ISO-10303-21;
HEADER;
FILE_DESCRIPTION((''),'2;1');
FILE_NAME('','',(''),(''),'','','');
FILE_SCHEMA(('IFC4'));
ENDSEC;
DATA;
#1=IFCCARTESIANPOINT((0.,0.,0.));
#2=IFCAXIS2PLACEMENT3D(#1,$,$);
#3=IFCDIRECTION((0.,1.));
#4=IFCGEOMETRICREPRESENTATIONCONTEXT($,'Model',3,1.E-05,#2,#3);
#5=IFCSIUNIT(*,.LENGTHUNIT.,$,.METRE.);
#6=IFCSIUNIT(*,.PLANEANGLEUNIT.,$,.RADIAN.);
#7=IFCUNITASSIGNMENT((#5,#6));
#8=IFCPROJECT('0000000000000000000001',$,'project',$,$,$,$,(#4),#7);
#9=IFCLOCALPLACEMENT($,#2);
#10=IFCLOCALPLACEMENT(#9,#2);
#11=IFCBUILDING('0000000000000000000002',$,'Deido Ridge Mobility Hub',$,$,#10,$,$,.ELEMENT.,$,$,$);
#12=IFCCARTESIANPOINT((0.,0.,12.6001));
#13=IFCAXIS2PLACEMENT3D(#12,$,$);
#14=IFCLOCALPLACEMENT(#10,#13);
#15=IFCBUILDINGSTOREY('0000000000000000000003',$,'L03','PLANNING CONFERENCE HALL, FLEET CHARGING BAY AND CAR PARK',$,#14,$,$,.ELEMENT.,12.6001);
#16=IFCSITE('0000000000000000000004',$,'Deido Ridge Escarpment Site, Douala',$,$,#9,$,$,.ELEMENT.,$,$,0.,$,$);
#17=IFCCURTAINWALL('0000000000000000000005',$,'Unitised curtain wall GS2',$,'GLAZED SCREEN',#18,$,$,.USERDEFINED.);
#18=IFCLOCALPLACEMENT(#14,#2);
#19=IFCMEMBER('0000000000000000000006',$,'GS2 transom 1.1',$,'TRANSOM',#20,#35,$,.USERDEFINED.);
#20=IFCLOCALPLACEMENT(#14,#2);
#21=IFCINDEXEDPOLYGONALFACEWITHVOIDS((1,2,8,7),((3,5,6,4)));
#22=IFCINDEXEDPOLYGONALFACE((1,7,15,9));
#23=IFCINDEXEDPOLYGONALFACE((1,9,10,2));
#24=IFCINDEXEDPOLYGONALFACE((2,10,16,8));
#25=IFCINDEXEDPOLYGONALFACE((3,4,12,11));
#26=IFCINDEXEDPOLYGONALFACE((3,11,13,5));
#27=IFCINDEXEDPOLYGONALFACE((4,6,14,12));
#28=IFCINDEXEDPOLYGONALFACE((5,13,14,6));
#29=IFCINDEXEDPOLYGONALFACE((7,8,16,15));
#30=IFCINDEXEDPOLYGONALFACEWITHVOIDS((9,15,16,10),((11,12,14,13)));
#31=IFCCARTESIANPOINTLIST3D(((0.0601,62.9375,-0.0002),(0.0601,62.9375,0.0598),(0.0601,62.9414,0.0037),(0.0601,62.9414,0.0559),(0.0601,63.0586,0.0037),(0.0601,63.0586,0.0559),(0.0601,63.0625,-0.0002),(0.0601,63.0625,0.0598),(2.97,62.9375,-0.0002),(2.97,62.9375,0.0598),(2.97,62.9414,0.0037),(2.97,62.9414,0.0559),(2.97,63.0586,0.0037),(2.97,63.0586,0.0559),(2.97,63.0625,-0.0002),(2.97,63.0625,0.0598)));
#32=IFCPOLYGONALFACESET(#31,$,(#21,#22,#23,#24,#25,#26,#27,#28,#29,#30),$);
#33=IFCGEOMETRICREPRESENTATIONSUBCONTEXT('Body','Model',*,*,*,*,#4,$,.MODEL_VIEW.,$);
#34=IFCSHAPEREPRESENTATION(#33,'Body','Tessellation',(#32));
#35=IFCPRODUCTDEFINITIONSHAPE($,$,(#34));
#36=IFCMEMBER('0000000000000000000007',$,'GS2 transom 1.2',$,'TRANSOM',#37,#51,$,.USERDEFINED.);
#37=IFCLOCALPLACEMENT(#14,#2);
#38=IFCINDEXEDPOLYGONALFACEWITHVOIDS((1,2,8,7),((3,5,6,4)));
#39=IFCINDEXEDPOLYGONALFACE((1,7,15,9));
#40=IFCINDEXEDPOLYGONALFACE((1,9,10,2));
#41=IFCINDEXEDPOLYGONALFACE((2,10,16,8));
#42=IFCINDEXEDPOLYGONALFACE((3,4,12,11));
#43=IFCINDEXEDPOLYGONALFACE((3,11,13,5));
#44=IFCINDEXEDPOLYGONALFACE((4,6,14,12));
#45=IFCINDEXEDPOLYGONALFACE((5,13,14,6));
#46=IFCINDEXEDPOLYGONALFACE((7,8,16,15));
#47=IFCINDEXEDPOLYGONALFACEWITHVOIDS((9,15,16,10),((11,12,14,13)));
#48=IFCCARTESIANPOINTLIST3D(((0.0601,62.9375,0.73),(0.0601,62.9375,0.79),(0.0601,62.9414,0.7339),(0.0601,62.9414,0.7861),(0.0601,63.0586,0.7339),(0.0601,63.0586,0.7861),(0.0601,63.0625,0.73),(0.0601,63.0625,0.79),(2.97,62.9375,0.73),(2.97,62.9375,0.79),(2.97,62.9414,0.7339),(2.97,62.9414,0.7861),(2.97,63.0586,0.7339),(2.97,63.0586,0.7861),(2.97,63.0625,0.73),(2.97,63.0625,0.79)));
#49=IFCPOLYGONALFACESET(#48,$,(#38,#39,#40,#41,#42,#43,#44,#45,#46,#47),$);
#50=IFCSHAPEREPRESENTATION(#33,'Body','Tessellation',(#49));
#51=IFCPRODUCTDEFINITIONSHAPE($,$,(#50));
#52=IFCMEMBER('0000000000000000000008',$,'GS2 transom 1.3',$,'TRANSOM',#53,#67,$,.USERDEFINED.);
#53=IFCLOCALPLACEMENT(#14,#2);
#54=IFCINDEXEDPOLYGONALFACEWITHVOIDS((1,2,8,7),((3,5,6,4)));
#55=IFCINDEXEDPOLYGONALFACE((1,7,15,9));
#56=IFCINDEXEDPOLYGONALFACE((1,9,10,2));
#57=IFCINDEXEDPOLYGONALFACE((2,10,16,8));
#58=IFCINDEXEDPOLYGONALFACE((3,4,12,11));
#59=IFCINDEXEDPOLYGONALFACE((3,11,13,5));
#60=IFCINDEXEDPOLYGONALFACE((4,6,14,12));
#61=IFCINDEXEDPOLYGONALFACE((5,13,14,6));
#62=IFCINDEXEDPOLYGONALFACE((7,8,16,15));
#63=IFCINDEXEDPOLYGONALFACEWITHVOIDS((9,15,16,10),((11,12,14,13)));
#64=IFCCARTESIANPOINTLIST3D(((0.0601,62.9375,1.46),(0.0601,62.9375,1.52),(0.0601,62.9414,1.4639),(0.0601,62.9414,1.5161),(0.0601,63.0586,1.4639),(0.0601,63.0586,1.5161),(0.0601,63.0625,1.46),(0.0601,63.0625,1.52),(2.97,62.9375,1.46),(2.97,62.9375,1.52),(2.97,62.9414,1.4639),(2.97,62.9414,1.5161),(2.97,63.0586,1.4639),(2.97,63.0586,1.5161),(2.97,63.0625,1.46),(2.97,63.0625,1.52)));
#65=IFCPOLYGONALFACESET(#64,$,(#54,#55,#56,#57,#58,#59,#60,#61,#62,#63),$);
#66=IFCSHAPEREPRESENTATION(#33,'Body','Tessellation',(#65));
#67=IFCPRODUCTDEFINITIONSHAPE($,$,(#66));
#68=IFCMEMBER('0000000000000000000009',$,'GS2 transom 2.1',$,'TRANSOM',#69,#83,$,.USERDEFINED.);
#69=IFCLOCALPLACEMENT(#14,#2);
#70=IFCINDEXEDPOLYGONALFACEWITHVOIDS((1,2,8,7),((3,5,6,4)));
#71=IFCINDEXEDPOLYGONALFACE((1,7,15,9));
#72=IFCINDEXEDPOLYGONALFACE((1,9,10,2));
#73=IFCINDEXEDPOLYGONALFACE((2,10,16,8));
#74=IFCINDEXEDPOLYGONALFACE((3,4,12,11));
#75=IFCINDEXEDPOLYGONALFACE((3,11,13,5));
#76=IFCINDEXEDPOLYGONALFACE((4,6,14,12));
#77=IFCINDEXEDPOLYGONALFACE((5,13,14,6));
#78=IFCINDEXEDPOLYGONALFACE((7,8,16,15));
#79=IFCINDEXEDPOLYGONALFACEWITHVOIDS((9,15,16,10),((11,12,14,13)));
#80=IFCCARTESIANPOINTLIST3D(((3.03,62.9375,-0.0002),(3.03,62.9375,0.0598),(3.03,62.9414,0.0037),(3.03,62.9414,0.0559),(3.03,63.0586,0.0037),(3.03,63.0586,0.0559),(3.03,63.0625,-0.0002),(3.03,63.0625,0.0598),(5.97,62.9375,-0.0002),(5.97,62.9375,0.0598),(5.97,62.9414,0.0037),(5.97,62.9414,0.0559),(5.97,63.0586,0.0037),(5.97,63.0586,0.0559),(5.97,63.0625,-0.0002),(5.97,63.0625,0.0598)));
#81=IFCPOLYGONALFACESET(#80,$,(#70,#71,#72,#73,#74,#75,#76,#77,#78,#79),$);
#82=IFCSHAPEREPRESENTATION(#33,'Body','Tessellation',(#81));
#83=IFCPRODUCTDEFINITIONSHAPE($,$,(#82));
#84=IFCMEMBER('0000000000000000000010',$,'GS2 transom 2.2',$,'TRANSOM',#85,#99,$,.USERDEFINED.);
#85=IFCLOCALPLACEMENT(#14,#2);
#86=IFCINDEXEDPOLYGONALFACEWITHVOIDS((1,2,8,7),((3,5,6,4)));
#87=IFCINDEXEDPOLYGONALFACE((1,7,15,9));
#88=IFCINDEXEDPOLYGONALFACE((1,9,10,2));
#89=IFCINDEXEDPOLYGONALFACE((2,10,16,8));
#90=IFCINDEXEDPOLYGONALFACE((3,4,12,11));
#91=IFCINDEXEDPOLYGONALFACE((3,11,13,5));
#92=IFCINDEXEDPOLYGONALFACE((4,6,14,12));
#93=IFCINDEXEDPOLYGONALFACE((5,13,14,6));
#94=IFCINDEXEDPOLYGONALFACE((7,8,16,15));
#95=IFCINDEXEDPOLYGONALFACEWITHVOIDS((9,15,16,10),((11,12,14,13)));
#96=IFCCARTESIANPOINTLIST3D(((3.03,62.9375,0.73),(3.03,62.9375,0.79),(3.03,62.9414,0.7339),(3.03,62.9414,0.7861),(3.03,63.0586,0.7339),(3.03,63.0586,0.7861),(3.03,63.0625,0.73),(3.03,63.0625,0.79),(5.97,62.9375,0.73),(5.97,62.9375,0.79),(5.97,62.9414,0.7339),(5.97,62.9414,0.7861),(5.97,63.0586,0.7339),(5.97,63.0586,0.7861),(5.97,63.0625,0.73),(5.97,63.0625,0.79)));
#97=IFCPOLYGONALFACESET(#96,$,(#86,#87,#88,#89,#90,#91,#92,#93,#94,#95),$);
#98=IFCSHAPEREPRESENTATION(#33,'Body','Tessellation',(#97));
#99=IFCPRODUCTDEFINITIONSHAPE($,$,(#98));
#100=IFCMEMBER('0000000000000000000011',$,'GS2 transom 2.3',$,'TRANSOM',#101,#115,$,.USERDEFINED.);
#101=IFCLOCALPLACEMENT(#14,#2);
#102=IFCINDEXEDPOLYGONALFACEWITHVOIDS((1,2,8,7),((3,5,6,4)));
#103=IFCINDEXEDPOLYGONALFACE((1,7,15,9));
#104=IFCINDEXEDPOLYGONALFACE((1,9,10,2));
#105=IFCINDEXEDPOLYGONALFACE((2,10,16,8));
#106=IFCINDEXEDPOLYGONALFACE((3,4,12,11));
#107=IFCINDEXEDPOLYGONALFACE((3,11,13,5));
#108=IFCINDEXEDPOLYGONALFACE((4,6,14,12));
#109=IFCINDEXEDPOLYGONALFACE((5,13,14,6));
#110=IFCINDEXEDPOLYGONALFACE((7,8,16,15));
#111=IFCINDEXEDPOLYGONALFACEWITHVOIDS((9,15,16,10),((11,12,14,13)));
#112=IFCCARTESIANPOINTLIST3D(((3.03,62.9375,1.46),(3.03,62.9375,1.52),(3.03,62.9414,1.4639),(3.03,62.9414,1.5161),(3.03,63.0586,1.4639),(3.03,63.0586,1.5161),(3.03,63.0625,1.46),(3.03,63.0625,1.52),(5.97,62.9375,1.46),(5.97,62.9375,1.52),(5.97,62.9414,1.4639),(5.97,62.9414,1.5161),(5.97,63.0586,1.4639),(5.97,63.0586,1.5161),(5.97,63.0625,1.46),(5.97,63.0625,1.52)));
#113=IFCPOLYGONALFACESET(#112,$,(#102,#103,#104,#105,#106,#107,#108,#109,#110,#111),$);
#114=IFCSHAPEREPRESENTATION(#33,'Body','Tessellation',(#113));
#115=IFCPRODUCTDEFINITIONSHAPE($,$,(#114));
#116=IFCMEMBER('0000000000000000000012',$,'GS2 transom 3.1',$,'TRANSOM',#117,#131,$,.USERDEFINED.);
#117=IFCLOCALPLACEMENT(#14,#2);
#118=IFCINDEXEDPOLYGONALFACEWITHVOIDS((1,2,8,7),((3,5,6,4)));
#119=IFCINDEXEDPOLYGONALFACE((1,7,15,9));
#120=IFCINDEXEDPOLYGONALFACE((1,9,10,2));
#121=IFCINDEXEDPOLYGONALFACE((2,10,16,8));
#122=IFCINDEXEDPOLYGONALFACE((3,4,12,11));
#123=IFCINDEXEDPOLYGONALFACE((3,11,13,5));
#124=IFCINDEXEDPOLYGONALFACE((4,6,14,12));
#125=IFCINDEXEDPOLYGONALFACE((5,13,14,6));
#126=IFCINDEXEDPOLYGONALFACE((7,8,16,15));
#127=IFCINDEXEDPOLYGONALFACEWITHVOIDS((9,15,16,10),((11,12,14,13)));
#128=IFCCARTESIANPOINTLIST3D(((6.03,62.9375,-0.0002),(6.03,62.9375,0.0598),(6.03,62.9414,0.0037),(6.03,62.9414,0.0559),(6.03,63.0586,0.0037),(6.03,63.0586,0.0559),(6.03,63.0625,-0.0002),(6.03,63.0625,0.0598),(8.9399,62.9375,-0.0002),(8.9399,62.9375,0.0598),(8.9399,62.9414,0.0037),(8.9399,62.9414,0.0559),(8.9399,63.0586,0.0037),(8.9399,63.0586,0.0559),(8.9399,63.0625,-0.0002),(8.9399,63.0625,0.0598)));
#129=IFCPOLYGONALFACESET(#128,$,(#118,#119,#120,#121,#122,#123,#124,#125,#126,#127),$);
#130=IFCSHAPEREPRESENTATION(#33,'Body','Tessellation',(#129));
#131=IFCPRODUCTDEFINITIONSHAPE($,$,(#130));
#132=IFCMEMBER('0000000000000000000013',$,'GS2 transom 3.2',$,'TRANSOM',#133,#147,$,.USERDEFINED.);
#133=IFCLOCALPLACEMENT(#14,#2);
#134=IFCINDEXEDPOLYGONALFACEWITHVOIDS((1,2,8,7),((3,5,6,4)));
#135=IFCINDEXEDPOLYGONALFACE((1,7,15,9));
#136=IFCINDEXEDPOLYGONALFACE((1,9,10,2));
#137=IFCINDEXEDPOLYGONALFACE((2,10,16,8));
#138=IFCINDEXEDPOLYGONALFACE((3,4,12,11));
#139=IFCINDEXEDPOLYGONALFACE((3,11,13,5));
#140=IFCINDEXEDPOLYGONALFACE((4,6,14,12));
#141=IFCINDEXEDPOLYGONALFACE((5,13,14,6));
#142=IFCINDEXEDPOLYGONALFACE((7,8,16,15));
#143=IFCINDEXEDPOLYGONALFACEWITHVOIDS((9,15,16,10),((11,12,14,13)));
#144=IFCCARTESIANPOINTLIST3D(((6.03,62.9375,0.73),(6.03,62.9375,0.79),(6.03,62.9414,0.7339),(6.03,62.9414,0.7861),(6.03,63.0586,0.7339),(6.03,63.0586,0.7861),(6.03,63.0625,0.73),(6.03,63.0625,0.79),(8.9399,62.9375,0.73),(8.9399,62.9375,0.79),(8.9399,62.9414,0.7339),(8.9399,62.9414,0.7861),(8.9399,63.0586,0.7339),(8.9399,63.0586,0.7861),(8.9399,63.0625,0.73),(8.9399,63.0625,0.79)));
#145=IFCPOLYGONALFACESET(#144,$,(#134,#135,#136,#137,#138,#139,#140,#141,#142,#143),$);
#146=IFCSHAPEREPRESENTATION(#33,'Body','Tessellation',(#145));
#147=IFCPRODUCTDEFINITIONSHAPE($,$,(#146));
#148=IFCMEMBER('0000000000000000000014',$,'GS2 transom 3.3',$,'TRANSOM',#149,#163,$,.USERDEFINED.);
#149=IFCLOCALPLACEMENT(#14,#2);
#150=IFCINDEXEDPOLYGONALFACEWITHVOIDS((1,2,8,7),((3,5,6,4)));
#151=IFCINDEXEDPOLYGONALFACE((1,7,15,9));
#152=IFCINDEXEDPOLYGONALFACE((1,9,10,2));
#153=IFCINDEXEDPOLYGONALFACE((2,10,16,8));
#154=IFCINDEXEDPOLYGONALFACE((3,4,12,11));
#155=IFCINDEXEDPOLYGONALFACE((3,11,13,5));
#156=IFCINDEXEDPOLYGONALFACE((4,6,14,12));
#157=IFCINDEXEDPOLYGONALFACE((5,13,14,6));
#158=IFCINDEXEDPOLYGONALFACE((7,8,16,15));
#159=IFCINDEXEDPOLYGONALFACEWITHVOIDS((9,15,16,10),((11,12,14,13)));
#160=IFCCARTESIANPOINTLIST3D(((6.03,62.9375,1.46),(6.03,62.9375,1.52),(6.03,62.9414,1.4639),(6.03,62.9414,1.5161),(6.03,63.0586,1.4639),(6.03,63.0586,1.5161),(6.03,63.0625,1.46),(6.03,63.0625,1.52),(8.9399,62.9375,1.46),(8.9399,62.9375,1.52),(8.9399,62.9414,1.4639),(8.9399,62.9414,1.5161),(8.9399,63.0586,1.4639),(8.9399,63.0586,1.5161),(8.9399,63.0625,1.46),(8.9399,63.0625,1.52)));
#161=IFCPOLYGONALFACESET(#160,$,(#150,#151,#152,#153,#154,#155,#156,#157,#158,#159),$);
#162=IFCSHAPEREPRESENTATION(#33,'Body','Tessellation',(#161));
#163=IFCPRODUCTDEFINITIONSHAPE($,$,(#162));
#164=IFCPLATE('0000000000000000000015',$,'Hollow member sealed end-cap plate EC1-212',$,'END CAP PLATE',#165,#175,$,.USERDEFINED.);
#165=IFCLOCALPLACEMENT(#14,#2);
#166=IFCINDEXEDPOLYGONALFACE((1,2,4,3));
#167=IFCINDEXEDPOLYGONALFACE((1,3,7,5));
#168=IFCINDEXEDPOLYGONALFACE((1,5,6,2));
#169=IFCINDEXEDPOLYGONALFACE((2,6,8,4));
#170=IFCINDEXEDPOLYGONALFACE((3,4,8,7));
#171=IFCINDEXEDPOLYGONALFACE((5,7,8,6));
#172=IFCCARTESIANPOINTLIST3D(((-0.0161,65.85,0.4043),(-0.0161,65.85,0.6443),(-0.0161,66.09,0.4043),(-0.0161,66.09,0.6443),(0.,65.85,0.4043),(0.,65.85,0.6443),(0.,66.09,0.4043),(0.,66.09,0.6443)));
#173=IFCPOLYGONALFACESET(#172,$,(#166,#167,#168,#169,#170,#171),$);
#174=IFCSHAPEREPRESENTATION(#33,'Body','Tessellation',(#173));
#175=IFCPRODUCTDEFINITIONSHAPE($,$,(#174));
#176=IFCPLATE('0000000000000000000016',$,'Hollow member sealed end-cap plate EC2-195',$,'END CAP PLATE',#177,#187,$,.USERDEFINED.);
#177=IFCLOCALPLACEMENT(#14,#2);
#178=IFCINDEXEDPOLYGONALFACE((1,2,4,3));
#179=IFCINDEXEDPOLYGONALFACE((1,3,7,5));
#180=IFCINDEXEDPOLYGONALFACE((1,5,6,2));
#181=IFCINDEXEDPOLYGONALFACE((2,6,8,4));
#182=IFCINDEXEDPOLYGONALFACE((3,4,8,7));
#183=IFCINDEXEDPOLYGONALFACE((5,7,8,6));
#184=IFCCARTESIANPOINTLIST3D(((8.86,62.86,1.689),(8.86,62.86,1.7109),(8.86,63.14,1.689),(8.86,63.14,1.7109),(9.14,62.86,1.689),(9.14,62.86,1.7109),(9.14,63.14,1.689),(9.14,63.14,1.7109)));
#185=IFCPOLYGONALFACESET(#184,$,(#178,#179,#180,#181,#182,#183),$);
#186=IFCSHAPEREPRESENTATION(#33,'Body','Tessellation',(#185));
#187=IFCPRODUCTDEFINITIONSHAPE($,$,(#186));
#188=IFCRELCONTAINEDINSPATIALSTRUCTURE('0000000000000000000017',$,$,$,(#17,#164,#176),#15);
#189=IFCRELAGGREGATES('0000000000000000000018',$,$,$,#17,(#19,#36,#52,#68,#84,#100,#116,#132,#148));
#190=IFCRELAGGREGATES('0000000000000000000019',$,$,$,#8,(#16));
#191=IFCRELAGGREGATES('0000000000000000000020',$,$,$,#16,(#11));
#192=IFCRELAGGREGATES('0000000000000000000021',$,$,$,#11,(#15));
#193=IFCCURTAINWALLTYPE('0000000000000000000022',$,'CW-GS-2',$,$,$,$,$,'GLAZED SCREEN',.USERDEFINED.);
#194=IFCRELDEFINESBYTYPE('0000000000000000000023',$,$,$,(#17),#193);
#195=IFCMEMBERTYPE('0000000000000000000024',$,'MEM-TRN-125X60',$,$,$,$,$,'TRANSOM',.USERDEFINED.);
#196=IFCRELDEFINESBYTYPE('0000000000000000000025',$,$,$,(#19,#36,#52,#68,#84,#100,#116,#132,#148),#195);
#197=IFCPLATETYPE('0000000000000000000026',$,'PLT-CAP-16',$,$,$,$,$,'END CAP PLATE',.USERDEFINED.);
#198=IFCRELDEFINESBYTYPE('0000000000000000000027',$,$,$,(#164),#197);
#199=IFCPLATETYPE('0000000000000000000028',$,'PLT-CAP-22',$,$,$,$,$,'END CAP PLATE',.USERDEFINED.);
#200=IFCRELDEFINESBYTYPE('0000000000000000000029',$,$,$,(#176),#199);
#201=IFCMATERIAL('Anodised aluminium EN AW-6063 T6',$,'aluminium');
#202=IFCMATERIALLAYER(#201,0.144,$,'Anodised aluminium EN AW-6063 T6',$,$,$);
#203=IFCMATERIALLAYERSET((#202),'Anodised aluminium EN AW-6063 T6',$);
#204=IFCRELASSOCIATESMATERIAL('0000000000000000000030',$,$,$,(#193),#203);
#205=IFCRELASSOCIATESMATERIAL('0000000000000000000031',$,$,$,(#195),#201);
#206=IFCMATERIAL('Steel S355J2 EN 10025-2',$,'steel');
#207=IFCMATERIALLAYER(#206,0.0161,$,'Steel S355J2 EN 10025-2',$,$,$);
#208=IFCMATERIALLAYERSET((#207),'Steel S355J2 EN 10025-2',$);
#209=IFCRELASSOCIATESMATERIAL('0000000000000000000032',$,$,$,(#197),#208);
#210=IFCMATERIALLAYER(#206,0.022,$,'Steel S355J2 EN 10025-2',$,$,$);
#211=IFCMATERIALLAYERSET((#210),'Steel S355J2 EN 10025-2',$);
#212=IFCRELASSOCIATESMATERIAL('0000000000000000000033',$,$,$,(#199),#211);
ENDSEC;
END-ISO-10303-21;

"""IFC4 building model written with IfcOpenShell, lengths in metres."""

from ifc_helpers import new_model, si_unit, direction, frame, origin, origin_2d, place, context, subcontext, project, spatial, rectangle, hollow_rectangle, extrude, material, layer, layer_set, material_profile, profile_set, type_object, element, aggregate, save


model = new_model("IFC4")

# Units and contexts
model_context = context("Model", 3, precision=1e-05, world=origin(), true_north=direction((0.0, 1.0)))
body_context = subcontext(model_context, "Body", "Model", "MODEL_VIEW")
ifc_project = project(units=[si_unit("LENGTHUNIT", "METRE"), si_unit("PLANEANGLEUNIT", "RADIAN")], contexts=[model_context])

# Site, building, storey
site_placement = place(None, origin())
site = spatial("IfcSite", under=ifc_project, at=site_placement, Name="Deido Ridge Escarpment Site, Douala", CompositionType="ELEMENT", RefElevation=0.0)
building_placement = place(site_placement, origin())
building = spatial("IfcBuilding", under=site, at=building_placement, Name="Deido Ridge Mobility Hub", CompositionType="ELEMENT")
storey_placement = place(building_placement, frame((0.0, 0.0, 12.6001)))
storey = spatial("IfcBuildingStorey", under=building, at=storey_placement, Name="L03", Description="PLANNING CONFERENCE HALL, FLEET CHARGING BAY AND CAR PARK", CompositionType="ELEMENT", Elevation=12.6001)

# Curtain wall
ifc_material_1 = material(Name="Anodised aluminium EN AW-6063 T6", Category="aluminium")
ifc_layer_1 = layer(ifc_material_1, 0.144, Name="Anodised aluminium EN AW-6063 T6")
ifc_layer_set_1 = layer_set([ifc_layer_1], Name="Anodised aluminium EN AW-6063 T6")
curtain_wall_type = type_object("IfcCurtainWallType", Name="CW-GS-2", ElementType="GLAZED SCREEN", PredefinedType="USERDEFINED", material=ifc_layer_set_1)
curtain_wall_placement = place(storey_placement, origin())
curtain_wall = element("IfcCurtainWall", 1, at=curtain_wall_placement, inside=storey, type_object=curtain_wall_type, Name="Unitised curtain wall GS2", ObjectType="GLAZED SCREEN", PredefinedType="USERDEFINED")

# Members
ifc_material_profile_1 = material_profile(ifc_material_1, hollow_rectangle(XDim=0.125, YDim=0.0601, WallThickness=0.0039, at=origin_2d()), Name="RHS 125x60x4")
ifc_profile_set_1 = profile_set([ifc_material_profile_1], Name="Anodised aluminium EN AW-6063 T6")
member_type_1 = type_object("IfcMemberType", Name="MEM-TRN-125X60", ElementType="TRANSOM", PredefinedType="USERDEFINED", material=ifc_profile_set_1)
member_1_placement = place(storey_placement, frame((0.0601, 63.0, 0.0298), z_axis=(1.0, 0.0, 0.0), x_axis=(0.0, 1.0, 0.0)))
member_1 = element("IfcMember", 2, at=member_1_placement, type_object=member_type_1, Name="GS2 transom 1.1", ObjectType="TRANSOM", PredefinedType="USERDEFINED", context=body_context, shape_type="SweptSolid", body=[
    extrude(hollow_rectangle(XDim=0.125, YDim=0.0601, WallThickness=0.0039, at=origin_2d()), origin(), (0.0, 0.0, 1.0), 2.9099),
])
member_2_placement = place(storey_placement, frame((0.0601, 63.0, 0.76), z_axis=(1.0, 0.0, 0.0), x_axis=(0.0, 1.0, 0.0)))
member_2 = element("IfcMember", 3, at=member_2_placement, type_object=member_type_1, Name="GS2 transom 1.2", ObjectType="TRANSOM", PredefinedType="USERDEFINED", context=body_context, shape_type="SweptSolid", body=[
    extrude(hollow_rectangle(XDim=0.125, YDim=0.0601, WallThickness=0.0039, at=origin_2d()), origin(), (0.0, 0.0, 1.0), 2.9099),
])
member_3_placement = place(storey_placement, frame((0.0601, 63.0, 1.49), z_axis=(1.0, 0.0, 0.0), x_axis=(0.0, 1.0, 0.0)))
member_3 = element("IfcMember", 4, at=member_3_placement, type_object=member_type_1, Name="GS2 transom 1.3", ObjectType="TRANSOM", PredefinedType="USERDEFINED", context=body_context, shape_type="SweptSolid", body=[
    extrude(hollow_rectangle(XDim=0.125, YDim=0.0601, WallThickness=0.0039, at=origin_2d()), origin(), (0.0, 0.0, 1.0), 2.9099),
])
member_4_placement = place(storey_placement, frame((3.03, 63.0, 0.0298), z_axis=(1.0, 0.0, 0.0), x_axis=(0.0, 1.0, 0.0)))
member_4 = element("IfcMember", 5, at=member_4_placement, type_object=member_type_1, Name="GS2 transom 2.1", ObjectType="TRANSOM", PredefinedType="USERDEFINED", context=body_context, shape_type="SweptSolid", body=[
    extrude(hollow_rectangle(XDim=0.125, YDim=0.0601, WallThickness=0.0039, at=origin_2d()), origin(), (0.0, 0.0, 1.0), 2.9399),
])
member_5_placement = place(storey_placement, frame((3.03, 63.0, 0.76), z_axis=(1.0, 0.0, 0.0), x_axis=(0.0, 1.0, 0.0)))
member_5 = element("IfcMember", 6, at=member_5_placement, type_object=member_type_1, Name="GS2 transom 2.2", ObjectType="TRANSOM", PredefinedType="USERDEFINED", context=body_context, shape_type="SweptSolid", body=[
    extrude(hollow_rectangle(XDim=0.125, YDim=0.0601, WallThickness=0.0039, at=origin_2d()), origin(), (0.0, 0.0, 1.0), 2.9399),
])
member_6_placement = place(storey_placement, frame((3.03, 63.0, 1.49), z_axis=(1.0, 0.0, 0.0), x_axis=(0.0, 1.0, 0.0)))
member_6 = element("IfcMember", 7, at=member_6_placement, type_object=member_type_1, Name="GS2 transom 2.3", ObjectType="TRANSOM", PredefinedType="USERDEFINED", context=body_context, shape_type="SweptSolid", body=[
    extrude(hollow_rectangle(XDim=0.125, YDim=0.0601, WallThickness=0.0039, at=origin_2d()), origin(), (0.0, 0.0, 1.0), 2.9399),
])
member_7_placement = place(storey_placement, frame((6.03, 63.0, 0.0298), z_axis=(1.0, 0.0, 0.0), x_axis=(0.0, 1.0, 0.0)))
member_7 = element("IfcMember", 8, at=member_7_placement, type_object=member_type_1, Name="GS2 transom 3.1", ObjectType="TRANSOM", PredefinedType="USERDEFINED", context=body_context, shape_type="SweptSolid", body=[
    extrude(hollow_rectangle(XDim=0.125, YDim=0.0601, WallThickness=0.0039, at=origin_2d()), origin(), (0.0, 0.0, 1.0), 2.9099),
])
member_8_placement = place(storey_placement, frame((6.03, 63.0, 0.76), z_axis=(1.0, 0.0, 0.0), x_axis=(0.0, 1.0, 0.0)))
member_8 = element("IfcMember", 9, at=member_8_placement, type_object=member_type_1, Name="GS2 transom 3.2", ObjectType="TRANSOM", PredefinedType="USERDEFINED", context=body_context, shape_type="SweptSolid", body=[
    extrude(hollow_rectangle(XDim=0.125, YDim=0.0601, WallThickness=0.0039, at=origin_2d()), origin(), (0.0, 0.0, 1.0), 2.9099),
])
member_9_placement = place(storey_placement, frame((6.03, 63.0, 1.49), z_axis=(1.0, 0.0, 0.0), x_axis=(0.0, 1.0, 0.0)))
member_9 = element("IfcMember", 10, at=member_9_placement, type_object=member_type_1, Name="GS2 transom 3.3", ObjectType="TRANSOM", PredefinedType="USERDEFINED", context=body_context, shape_type="SweptSolid", body=[
    extrude(hollow_rectangle(XDim=0.125, YDim=0.0601, WallThickness=0.0039, at=origin_2d()), origin(), (0.0, 0.0, 1.0), 2.9099),
])

# Plates
ifc_material_2 = material(Name="Steel S355J2 EN 10025-2", Category="steel")
ifc_layer_2 = layer(ifc_material_2, 0.0161, Name="Steel S355J2 EN 10025-2")
ifc_layer_set_2 = layer_set([ifc_layer_2], Name="Steel S355J2 EN 10025-2")
plate_type_1 = type_object("IfcPlateType", Name="PLT-CAP-16", ElementType="END CAP PLATE", PredefinedType="USERDEFINED", material=ifc_layer_set_2)
plate_1_placement = place(storey_placement, frame((-0.0081, 65.97, 0.4043), z_axis=(0.0, 0.0, 1.0), x_axis=(1.0, 0.0, 0.0)))
element("IfcPlate", 11, at=plate_1_placement, inside=storey, type_object=plate_type_1, Name="Hollow member sealed end-cap plate EC1-212", ObjectType="END CAP PLATE", PredefinedType="USERDEFINED", context=body_context, shape_type="SweptSolid", body=[
    extrude(rectangle(XDim=0.0161, YDim=0.24, at=origin_2d()), origin(), (0.0, 0.0, 1.0), 0.24),
])
ifc_layer_3 = layer(ifc_material_2, 0.022, Name="Steel S355J2 EN 10025-2")
ifc_layer_set_3 = layer_set([ifc_layer_3], Name="Steel S355J2 EN 10025-2")
plate_type_2 = type_object("IfcPlateType", Name="PLT-CAP-22", ElementType="END CAP PLATE", PredefinedType="USERDEFINED", material=ifc_layer_set_3)
plate_2_placement = place(storey_placement, frame((9.0, 63.0, 1.689), z_axis=(0.0, 0.0, 1.0), x_axis=(1.0, 0.0, 0.0)))
element("IfcPlate", 12, at=plate_2_placement, inside=storey, type_object=plate_type_2, Name="Hollow member sealed end-cap plate EC2-195", ObjectType="END CAP PLATE", PredefinedType="USERDEFINED", context=body_context, shape_type="SweptSolid", body=[
    extrude(rectangle(XDim=0.28, YDim=0.28, at=origin_2d()), origin(), (0.0, 0.0, 1.0), 0.022),
])

aggregate(curtain_wall, [member_1, member_2, member_3, member_4, member_5, member_6, member_7, member_8, member_9])

save(model, "model.ifc")
